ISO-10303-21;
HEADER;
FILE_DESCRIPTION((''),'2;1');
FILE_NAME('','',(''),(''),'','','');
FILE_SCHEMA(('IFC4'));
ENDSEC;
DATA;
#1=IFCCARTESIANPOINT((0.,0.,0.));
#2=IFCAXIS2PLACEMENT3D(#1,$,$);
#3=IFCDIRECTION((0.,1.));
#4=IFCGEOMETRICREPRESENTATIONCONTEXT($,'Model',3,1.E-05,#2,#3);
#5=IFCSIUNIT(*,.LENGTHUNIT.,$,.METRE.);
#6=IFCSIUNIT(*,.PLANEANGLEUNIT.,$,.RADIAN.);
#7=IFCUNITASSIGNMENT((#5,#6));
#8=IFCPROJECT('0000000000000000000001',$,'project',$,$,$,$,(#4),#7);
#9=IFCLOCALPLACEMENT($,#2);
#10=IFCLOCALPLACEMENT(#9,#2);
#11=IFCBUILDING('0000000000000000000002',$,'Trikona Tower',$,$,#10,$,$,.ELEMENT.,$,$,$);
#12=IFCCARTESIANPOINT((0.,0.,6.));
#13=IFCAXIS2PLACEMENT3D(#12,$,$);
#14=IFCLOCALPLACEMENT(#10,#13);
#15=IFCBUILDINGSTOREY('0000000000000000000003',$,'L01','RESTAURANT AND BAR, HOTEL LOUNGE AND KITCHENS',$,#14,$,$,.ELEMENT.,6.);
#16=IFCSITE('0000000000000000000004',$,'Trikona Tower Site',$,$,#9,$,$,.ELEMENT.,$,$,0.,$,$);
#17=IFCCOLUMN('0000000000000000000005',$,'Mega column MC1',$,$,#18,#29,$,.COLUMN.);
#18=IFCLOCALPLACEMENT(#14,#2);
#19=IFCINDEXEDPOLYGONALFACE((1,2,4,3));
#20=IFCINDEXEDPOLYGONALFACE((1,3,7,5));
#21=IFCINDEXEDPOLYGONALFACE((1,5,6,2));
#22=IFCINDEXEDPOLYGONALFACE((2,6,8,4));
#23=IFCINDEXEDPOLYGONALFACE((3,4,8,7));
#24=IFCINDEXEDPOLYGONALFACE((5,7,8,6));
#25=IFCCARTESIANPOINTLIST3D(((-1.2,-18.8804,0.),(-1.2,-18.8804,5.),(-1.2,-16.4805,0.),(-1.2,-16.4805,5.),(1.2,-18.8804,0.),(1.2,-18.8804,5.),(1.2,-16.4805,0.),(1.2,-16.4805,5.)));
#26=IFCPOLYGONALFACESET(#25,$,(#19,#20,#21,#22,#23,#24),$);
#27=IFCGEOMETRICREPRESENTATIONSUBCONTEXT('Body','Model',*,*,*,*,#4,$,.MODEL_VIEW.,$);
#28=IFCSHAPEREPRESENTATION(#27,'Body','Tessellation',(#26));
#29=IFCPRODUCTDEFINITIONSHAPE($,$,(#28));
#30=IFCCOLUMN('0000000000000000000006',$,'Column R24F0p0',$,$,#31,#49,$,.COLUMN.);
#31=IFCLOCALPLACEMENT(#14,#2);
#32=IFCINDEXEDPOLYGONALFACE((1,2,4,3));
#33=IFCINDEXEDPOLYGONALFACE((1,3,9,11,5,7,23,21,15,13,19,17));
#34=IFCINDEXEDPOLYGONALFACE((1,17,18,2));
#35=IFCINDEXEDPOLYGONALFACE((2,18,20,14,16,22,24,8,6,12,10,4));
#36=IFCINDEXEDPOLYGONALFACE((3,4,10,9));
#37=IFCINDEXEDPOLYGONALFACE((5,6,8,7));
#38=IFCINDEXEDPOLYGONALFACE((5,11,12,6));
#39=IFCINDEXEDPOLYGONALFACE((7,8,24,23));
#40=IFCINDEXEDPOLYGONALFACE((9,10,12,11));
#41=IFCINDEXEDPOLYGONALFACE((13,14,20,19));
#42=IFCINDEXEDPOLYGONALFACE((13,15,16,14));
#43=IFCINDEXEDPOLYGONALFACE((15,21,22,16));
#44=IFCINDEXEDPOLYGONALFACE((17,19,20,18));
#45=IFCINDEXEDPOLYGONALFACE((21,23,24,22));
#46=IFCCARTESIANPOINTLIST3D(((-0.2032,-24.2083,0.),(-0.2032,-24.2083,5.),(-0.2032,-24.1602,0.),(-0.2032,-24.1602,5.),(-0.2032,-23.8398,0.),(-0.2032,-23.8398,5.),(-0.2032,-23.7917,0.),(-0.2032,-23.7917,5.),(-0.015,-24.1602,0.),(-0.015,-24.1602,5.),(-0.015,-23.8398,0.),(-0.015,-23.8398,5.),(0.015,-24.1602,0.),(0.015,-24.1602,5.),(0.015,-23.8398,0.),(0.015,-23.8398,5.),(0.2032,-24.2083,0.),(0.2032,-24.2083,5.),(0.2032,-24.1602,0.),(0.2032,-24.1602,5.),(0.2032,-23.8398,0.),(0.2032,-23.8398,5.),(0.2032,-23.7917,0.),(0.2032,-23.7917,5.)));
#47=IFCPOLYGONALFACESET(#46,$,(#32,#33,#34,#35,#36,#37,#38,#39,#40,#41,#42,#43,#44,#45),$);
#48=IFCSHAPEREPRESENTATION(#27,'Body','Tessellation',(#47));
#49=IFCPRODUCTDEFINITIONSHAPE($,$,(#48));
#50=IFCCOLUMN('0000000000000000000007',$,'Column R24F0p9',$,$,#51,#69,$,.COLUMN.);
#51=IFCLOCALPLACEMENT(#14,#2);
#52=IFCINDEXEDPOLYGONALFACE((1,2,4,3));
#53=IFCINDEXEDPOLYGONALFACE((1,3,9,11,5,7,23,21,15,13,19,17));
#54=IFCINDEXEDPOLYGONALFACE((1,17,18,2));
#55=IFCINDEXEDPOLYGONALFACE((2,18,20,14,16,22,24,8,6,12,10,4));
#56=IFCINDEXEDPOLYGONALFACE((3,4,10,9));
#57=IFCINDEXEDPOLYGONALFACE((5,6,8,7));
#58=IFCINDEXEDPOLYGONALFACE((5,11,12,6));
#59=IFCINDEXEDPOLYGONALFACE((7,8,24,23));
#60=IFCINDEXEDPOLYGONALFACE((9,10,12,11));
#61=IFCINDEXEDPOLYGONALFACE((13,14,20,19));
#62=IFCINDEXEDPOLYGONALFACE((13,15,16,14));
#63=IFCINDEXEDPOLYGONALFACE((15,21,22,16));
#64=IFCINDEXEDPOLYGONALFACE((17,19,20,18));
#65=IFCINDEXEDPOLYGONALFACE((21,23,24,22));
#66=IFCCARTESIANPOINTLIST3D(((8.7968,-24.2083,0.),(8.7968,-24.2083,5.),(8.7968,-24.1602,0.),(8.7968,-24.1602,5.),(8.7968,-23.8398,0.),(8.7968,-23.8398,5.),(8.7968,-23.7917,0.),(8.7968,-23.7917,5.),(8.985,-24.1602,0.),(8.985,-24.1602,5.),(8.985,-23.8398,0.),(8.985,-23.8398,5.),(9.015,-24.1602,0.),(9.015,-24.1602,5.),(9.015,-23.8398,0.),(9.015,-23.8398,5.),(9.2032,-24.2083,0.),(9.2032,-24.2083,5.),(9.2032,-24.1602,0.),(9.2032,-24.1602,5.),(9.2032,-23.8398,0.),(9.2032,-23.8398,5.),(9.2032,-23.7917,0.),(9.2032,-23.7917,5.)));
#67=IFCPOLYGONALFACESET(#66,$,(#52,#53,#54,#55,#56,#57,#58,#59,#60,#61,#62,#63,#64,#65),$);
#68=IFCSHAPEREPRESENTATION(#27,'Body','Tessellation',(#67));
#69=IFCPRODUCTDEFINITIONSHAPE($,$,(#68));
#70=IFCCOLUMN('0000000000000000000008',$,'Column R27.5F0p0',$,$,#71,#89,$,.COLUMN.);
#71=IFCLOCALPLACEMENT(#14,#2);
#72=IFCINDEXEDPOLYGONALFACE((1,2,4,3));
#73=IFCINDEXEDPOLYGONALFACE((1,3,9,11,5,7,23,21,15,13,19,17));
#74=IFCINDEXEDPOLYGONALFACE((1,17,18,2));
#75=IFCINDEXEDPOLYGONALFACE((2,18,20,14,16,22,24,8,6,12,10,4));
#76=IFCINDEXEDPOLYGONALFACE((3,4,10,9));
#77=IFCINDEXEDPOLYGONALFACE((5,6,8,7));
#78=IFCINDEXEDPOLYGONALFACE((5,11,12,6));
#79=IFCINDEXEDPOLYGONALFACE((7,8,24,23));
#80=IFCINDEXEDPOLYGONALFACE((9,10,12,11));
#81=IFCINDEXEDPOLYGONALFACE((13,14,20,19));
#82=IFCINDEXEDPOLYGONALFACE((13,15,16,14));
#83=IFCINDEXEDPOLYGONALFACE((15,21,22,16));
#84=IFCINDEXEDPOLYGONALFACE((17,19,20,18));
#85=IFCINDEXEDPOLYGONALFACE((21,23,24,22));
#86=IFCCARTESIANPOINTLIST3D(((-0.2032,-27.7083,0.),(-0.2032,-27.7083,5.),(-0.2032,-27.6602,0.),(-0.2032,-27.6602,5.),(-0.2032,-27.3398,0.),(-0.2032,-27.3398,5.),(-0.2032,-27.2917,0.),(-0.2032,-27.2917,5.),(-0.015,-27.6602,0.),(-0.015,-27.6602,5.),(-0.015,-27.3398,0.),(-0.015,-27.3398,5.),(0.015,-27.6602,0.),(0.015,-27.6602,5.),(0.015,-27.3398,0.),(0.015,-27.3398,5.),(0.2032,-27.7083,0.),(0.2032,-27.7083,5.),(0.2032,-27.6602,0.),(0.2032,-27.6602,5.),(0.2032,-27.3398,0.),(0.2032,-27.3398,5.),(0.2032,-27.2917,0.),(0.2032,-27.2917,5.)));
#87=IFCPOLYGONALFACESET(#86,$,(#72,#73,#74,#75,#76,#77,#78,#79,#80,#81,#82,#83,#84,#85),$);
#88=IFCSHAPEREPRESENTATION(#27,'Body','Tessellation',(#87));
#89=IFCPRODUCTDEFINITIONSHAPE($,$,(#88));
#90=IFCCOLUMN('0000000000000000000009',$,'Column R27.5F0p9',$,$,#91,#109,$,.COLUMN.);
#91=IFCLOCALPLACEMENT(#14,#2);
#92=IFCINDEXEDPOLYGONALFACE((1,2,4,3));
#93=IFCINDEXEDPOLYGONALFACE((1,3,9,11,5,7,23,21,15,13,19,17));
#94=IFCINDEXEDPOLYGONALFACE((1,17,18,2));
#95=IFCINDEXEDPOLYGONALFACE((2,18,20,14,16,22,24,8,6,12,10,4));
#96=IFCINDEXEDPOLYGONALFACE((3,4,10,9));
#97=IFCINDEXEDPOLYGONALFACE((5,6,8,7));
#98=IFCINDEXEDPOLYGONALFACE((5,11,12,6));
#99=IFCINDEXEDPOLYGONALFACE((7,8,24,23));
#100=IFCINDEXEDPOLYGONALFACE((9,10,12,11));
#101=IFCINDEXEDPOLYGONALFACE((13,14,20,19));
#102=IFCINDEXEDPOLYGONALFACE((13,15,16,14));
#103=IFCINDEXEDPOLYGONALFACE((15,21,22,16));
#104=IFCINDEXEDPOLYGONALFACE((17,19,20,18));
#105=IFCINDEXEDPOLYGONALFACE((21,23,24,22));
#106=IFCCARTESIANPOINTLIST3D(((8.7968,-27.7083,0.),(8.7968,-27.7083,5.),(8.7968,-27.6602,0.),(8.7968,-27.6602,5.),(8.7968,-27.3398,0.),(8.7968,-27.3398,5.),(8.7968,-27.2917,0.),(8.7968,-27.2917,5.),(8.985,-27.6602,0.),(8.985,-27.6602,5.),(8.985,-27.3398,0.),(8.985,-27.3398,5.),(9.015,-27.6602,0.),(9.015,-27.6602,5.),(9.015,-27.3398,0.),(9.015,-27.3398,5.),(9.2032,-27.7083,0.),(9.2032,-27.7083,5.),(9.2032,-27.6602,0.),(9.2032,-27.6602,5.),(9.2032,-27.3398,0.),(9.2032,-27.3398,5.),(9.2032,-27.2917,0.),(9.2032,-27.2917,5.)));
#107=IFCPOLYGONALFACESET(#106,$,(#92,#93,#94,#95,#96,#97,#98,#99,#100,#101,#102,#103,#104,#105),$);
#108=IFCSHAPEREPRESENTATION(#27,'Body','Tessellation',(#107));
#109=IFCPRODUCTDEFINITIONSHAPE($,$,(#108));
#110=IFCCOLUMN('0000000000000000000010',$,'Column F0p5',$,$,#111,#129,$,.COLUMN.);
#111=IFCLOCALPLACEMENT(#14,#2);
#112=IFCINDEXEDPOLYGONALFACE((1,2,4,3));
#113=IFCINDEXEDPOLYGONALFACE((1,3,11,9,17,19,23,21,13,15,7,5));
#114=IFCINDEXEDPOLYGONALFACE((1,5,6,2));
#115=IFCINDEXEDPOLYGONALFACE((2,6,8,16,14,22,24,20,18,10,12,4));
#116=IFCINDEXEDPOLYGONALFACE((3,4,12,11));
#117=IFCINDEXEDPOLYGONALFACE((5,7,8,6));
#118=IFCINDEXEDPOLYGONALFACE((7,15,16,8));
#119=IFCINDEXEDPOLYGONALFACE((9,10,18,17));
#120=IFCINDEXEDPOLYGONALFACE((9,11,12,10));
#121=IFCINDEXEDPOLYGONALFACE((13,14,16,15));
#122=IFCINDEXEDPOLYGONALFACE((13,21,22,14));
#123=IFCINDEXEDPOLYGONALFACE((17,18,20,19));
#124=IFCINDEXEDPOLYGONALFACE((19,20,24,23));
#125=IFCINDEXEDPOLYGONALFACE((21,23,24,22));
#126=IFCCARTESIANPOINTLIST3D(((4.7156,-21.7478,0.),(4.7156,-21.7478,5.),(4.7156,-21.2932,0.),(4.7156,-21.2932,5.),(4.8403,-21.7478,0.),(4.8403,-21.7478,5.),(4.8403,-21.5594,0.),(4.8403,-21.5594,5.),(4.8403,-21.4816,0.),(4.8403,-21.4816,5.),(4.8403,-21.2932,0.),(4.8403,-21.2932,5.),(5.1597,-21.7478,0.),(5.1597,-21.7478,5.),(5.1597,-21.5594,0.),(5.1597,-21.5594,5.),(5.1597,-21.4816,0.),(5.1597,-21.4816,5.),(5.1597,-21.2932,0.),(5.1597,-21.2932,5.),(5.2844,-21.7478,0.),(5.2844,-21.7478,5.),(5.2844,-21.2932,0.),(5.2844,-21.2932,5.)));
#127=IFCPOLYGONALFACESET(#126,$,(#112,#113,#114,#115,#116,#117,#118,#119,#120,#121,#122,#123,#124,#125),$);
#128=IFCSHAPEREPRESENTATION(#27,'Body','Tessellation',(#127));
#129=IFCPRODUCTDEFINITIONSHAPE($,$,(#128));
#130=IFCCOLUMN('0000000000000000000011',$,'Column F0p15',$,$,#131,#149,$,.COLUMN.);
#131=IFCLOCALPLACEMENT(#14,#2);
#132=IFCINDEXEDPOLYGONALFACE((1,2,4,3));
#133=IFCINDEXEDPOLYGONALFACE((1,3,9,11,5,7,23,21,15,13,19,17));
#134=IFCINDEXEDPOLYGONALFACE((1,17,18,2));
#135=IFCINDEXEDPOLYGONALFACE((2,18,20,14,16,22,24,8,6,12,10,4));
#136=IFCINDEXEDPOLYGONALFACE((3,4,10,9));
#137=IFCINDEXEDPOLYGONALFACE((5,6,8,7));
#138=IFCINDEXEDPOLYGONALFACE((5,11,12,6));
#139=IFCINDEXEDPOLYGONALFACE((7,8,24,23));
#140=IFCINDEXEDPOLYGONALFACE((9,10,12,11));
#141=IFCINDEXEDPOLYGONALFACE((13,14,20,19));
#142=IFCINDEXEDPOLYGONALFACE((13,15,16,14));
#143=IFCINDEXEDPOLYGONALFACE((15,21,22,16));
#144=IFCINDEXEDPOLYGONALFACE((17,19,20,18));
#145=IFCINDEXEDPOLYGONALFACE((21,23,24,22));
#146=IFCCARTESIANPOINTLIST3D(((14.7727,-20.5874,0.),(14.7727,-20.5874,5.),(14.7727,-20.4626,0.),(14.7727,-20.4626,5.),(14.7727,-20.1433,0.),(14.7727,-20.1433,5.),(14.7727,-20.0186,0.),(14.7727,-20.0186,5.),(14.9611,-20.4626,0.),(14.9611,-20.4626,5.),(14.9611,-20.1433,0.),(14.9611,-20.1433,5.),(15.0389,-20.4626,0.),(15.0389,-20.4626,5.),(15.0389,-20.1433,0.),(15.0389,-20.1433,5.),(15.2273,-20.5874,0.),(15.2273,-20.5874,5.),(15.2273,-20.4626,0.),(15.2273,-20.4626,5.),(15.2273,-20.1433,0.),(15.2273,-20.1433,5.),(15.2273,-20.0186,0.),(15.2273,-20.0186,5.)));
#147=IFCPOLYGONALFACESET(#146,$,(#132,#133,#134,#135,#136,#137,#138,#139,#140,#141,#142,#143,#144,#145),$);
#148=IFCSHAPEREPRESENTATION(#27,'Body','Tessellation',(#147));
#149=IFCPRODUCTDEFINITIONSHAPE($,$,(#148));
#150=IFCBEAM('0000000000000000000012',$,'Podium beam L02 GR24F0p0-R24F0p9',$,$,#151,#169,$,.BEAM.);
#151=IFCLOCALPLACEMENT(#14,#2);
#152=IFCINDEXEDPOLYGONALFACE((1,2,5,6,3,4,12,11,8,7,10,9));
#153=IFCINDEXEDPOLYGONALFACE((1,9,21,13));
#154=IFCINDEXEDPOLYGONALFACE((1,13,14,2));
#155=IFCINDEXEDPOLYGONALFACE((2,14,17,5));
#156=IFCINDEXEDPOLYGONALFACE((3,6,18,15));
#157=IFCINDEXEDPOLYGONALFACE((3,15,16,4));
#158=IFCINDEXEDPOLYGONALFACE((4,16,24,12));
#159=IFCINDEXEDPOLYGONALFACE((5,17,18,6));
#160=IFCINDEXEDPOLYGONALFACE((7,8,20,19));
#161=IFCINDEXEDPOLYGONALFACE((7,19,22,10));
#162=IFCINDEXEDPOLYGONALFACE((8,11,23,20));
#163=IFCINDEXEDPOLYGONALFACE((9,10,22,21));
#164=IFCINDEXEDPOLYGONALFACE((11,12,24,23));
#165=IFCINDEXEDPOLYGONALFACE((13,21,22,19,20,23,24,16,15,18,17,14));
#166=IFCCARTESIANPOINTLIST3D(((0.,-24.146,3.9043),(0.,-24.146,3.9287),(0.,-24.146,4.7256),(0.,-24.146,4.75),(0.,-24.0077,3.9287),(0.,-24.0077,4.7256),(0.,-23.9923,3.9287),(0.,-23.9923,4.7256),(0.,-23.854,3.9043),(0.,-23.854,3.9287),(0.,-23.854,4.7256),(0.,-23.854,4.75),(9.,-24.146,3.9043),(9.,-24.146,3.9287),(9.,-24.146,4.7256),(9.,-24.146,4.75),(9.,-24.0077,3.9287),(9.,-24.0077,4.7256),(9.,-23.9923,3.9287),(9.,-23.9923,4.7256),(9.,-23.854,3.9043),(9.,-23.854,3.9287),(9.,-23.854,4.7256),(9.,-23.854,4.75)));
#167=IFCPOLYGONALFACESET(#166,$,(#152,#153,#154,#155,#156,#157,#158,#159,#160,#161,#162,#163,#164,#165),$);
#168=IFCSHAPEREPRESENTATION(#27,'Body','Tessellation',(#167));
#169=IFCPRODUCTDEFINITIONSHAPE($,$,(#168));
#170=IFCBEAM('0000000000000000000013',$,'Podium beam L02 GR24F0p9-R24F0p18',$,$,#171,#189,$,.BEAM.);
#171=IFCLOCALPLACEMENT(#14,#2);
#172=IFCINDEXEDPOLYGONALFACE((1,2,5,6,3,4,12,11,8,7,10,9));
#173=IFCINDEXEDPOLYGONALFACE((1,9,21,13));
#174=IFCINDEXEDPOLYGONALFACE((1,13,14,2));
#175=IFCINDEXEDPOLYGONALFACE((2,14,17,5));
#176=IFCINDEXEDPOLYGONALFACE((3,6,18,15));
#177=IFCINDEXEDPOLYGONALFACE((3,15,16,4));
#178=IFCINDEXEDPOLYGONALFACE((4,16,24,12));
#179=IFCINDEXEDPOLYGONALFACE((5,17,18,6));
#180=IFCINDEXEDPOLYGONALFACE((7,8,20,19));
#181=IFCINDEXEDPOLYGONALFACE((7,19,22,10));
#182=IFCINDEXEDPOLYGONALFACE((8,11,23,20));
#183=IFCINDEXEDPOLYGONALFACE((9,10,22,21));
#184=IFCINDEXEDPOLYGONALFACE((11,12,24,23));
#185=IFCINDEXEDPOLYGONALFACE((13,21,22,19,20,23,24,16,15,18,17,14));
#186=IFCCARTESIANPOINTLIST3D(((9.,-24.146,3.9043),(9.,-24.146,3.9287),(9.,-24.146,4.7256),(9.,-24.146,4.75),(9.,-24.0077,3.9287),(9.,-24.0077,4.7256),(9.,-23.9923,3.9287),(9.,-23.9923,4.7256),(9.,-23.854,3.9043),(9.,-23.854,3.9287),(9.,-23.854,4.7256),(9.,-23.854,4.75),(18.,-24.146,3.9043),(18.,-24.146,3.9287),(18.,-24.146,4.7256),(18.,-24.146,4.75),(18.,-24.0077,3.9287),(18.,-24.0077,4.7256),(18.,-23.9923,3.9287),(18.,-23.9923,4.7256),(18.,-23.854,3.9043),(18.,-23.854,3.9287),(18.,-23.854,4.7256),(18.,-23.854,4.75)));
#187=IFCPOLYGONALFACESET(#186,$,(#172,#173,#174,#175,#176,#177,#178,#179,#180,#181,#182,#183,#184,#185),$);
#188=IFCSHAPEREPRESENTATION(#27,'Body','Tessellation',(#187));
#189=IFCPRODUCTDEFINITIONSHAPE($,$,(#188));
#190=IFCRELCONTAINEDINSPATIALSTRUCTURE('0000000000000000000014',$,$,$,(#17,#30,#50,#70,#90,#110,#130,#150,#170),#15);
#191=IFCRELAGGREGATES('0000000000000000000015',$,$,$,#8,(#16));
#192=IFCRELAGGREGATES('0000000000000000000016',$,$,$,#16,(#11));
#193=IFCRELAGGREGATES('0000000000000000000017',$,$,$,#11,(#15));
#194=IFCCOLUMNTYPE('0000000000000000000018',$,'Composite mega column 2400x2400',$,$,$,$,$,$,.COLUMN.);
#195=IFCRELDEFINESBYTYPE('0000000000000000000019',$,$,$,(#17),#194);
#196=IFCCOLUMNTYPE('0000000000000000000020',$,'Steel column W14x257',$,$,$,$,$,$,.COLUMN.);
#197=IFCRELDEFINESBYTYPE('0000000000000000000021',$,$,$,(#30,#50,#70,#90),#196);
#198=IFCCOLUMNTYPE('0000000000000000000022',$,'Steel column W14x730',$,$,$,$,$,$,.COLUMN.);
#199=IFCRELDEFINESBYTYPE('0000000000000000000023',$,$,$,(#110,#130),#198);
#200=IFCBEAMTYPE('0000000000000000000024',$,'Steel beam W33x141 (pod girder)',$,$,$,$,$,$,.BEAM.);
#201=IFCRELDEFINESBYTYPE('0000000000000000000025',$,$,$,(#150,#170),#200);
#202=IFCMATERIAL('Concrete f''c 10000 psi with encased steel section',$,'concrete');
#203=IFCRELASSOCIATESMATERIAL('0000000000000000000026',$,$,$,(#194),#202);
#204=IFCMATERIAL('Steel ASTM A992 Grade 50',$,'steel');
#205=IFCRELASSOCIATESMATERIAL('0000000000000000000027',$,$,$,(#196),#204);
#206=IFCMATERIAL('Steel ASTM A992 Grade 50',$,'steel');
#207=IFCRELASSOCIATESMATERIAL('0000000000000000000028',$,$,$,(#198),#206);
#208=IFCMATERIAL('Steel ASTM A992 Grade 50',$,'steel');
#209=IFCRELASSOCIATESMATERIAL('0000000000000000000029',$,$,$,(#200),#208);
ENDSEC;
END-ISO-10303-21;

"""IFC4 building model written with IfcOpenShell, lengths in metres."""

from ifc_helpers import new_model, si_unit, direction, frame, origin, origin_2d, place, context, subcontext, project, spatial, rectangle, i_section, extrude, material, material_profile, profile_set, type_object, element, save


model = new_model("IFC4")

# Units and contexts
model_context = context("Model", 3, precision=1e-05, world=origin(), true_north=direction((0.0, 1.0)))
body_context = subcontext(model_context, "Body", "Model", "MODEL_VIEW")
ifc_project = project(units=[si_unit("LENGTHUNIT", "METRE"), si_unit("PLANEANGLEUNIT", "RADIAN")], contexts=[model_context])

# Site, building, storey
site_placement = place(None, origin())
site = spatial("IfcSite", under=ifc_project, at=site_placement, Name="Trikona Tower Site", CompositionType="ELEMENT", RefElevation=0.0)
building_placement = place(site_placement, origin())
building = spatial("IfcBuilding", under=site, at=building_placement, Name="Trikona Tower", CompositionType="ELEMENT")
storey_placement = place(building_placement, frame((0.0, 0.0, 6.0)))
storey = spatial("IfcBuildingStorey", under=building, at=storey_placement, Name="L01", Description="RESTAURANT AND BAR, HOTEL LOUNGE AND KITCHENS", CompositionType="ELEMENT", Elevation=6.0)

# Columns
ifc_material_1 = material(Name="Concrete f'c 10000 psi with encased steel section", Category="concrete")
ifc_material_profile_1 = material_profile(ifc_material_1, rectangle(XDim=2.3999, YDim=2.3999, at=origin_2d()), Name="MC2400")
ifc_profile_set_1 = profile_set([ifc_material_profile_1], Name="Concrete f'c 10000 psi with encased steel section")
column_type_1 = type_object("IfcColumnType", Name="Composite mega column 2400x2400", PredefinedType="COLUMN", material=ifc_profile_set_1)
column_placement = place(storey_placement, frame((0.0, -17.6804, 0.0), z_axis=(0.0, 0.0, 1.0), x_axis=(0.0, -1.0, 0.0)))
element("IfcColumn", 1, at=column_placement, inside=storey, type_object=column_type_1, Name="Mega column MC1", PredefinedType="COLUMN", context=body_context, shape_type="SweptSolid", body=[
    extrude(rectangle(XDim=2.3999, YDim=2.3999, at=origin_2d()), origin(), (0.0, 0.0, 1.0), 5.0),
])
ifc_material_2 = material(Name="Steel ASTM A992 Grade 50", Category="steel")
ifc_material_profile_2 = material_profile(ifc_material_2, i_section(OverallWidth=0.4065, OverallDepth=0.4165, WebThickness=0.03, FlangeThickness=0.0481, at=origin_2d()), Name="W14X257")
ifc_profile_set_2 = profile_set([ifc_material_profile_2], Name="Steel ASTM A992 Grade 50")
column_type_2 = type_object("IfcColumnType", Name="Steel column W14x257", PredefinedType="COLUMN", material=ifc_profile_set_2)
for number, where, z_axis, x_axis, name in (
    (2, (0.0, -24.0, 0.0), (0.0, 0.0, 1.0), (1.0, 0.0, 0.0), "Column R24F0p0"),
    (3, (9.0, -24.0, 0.0), (0.0, 0.0, 1.0), (1.0, 0.0, 0.0), "Column R24F0p9"),
    (4, (0.0, -27.5, 0.0), (0.0, 0.0, 1.0), (1.0, 0.0, 0.0), "Column R27.5F0p0"),
    (5, (9.0, -27.5, 0.0), (0.0, 0.0, 1.0), (1.0, 0.0, 0.0), "Column R27.5F0p9"),
):
    element("IfcColumn", number, at=place(storey_placement, frame(where, z_axis=z_axis, x_axis=x_axis)), inside=storey, type_object=column_type_2, Name=name, PredefinedType="COLUMN", context=body_context, shape_type="SweptSolid", body=[
        extrude(i_section(OverallWidth=0.4065, OverallDepth=0.4165, WebThickness=0.03, FlangeThickness=0.0481, at=origin_2d()), origin(), (0.0, 0.0, 1.0), 5.0),
    ])
ifc_material_3 = material(Name="Steel ASTM A992 Grade 50", Category="steel")
ifc_material_profile_3 = material_profile(ifc_material_3, i_section(OverallWidth=0.4546, OverallDepth=0.5688, WebThickness=0.0779, FlangeThickness=0.1248, at=origin_2d()), Name="W14X730")
ifc_profile_set_3 = profile_set([ifc_material_profile_3], Name="Steel ASTM A992 Grade 50")
column_type_3 = type_object("IfcColumnType", Name="Steel column W14x730", PredefinedType="COLUMN", material=ifc_profile_set_3)
for number, where, z_axis, x_axis, name in (
    (6, (5.0, -21.5205, 0.0), (0.0, 0.0, 1.0), (0.0, -1.0, 0.0), "Column F0p5"),
    (7, (15.0, -20.303, 0.0), (0.0, 0.0, 1.0), (1.0, 0.0, 0.0), "Column F0p15"),
):
    element("IfcColumn", number, at=place(storey_placement, frame(where, z_axis=z_axis, x_axis=x_axis)), inside=storey, type_object=column_type_3, Name=name, PredefinedType="COLUMN", context=body_context, shape_type="SweptSolid", body=[
        extrude(i_section(OverallWidth=0.4546, OverallDepth=0.5688, WebThickness=0.0779, FlangeThickness=0.1248, at=origin_2d()), origin(), (0.0, 0.0, 1.0), 5.0),
    ])

# Beams
ifc_material_4 = material(Name="Steel ASTM A992 Grade 50", Category="steel")
ifc_material_profile_4 = material_profile(ifc_material_4, i_section(OverallWidth=0.292, OverallDepth=0.8457, WebThickness=0.0154, FlangeThickness=0.0244, at=origin_2d()), Name="W33X141")
ifc_profile_set_4 = profile_set([ifc_material_profile_4], Name="Steel ASTM A992 Grade 50")
beam_type_1 = type_object("IfcBeamType", Name="Steel beam W33x141 (pod girder)", PredefinedType="BEAM", material=ifc_profile_set_4)
for number, where, z_axis, x_axis, name in (
    (8, (0.0, -24.0, 4.3271), (1.0, 0.0, 0.0), (0.0, 1.0, 0.0), "Podium beam L02 GR24F0p0-R24F0p9"),
    (9, (9.0, -24.0, 4.3271), (1.0, 0.0, 0.0), (0.0, 1.0, 0.0), "Podium beam L02 GR24F0p9-R24F0p18"),
):
    element("IfcBeam", number, at=place(storey_placement, frame(where, z_axis=z_axis, x_axis=x_axis)), inside=storey, type_object=beam_type_1, Name=name, PredefinedType="BEAM", context=body_context, shape_type="SweptSolid", body=[
        extrude(i_section(OverallWidth=0.292, OverallDepth=0.8457, WebThickness=0.0154, FlangeThickness=0.0244, at=origin_2d()), origin(), (0.0, 0.0, 1.0), 9.0),
    ])

save(model, "model.ifc")
